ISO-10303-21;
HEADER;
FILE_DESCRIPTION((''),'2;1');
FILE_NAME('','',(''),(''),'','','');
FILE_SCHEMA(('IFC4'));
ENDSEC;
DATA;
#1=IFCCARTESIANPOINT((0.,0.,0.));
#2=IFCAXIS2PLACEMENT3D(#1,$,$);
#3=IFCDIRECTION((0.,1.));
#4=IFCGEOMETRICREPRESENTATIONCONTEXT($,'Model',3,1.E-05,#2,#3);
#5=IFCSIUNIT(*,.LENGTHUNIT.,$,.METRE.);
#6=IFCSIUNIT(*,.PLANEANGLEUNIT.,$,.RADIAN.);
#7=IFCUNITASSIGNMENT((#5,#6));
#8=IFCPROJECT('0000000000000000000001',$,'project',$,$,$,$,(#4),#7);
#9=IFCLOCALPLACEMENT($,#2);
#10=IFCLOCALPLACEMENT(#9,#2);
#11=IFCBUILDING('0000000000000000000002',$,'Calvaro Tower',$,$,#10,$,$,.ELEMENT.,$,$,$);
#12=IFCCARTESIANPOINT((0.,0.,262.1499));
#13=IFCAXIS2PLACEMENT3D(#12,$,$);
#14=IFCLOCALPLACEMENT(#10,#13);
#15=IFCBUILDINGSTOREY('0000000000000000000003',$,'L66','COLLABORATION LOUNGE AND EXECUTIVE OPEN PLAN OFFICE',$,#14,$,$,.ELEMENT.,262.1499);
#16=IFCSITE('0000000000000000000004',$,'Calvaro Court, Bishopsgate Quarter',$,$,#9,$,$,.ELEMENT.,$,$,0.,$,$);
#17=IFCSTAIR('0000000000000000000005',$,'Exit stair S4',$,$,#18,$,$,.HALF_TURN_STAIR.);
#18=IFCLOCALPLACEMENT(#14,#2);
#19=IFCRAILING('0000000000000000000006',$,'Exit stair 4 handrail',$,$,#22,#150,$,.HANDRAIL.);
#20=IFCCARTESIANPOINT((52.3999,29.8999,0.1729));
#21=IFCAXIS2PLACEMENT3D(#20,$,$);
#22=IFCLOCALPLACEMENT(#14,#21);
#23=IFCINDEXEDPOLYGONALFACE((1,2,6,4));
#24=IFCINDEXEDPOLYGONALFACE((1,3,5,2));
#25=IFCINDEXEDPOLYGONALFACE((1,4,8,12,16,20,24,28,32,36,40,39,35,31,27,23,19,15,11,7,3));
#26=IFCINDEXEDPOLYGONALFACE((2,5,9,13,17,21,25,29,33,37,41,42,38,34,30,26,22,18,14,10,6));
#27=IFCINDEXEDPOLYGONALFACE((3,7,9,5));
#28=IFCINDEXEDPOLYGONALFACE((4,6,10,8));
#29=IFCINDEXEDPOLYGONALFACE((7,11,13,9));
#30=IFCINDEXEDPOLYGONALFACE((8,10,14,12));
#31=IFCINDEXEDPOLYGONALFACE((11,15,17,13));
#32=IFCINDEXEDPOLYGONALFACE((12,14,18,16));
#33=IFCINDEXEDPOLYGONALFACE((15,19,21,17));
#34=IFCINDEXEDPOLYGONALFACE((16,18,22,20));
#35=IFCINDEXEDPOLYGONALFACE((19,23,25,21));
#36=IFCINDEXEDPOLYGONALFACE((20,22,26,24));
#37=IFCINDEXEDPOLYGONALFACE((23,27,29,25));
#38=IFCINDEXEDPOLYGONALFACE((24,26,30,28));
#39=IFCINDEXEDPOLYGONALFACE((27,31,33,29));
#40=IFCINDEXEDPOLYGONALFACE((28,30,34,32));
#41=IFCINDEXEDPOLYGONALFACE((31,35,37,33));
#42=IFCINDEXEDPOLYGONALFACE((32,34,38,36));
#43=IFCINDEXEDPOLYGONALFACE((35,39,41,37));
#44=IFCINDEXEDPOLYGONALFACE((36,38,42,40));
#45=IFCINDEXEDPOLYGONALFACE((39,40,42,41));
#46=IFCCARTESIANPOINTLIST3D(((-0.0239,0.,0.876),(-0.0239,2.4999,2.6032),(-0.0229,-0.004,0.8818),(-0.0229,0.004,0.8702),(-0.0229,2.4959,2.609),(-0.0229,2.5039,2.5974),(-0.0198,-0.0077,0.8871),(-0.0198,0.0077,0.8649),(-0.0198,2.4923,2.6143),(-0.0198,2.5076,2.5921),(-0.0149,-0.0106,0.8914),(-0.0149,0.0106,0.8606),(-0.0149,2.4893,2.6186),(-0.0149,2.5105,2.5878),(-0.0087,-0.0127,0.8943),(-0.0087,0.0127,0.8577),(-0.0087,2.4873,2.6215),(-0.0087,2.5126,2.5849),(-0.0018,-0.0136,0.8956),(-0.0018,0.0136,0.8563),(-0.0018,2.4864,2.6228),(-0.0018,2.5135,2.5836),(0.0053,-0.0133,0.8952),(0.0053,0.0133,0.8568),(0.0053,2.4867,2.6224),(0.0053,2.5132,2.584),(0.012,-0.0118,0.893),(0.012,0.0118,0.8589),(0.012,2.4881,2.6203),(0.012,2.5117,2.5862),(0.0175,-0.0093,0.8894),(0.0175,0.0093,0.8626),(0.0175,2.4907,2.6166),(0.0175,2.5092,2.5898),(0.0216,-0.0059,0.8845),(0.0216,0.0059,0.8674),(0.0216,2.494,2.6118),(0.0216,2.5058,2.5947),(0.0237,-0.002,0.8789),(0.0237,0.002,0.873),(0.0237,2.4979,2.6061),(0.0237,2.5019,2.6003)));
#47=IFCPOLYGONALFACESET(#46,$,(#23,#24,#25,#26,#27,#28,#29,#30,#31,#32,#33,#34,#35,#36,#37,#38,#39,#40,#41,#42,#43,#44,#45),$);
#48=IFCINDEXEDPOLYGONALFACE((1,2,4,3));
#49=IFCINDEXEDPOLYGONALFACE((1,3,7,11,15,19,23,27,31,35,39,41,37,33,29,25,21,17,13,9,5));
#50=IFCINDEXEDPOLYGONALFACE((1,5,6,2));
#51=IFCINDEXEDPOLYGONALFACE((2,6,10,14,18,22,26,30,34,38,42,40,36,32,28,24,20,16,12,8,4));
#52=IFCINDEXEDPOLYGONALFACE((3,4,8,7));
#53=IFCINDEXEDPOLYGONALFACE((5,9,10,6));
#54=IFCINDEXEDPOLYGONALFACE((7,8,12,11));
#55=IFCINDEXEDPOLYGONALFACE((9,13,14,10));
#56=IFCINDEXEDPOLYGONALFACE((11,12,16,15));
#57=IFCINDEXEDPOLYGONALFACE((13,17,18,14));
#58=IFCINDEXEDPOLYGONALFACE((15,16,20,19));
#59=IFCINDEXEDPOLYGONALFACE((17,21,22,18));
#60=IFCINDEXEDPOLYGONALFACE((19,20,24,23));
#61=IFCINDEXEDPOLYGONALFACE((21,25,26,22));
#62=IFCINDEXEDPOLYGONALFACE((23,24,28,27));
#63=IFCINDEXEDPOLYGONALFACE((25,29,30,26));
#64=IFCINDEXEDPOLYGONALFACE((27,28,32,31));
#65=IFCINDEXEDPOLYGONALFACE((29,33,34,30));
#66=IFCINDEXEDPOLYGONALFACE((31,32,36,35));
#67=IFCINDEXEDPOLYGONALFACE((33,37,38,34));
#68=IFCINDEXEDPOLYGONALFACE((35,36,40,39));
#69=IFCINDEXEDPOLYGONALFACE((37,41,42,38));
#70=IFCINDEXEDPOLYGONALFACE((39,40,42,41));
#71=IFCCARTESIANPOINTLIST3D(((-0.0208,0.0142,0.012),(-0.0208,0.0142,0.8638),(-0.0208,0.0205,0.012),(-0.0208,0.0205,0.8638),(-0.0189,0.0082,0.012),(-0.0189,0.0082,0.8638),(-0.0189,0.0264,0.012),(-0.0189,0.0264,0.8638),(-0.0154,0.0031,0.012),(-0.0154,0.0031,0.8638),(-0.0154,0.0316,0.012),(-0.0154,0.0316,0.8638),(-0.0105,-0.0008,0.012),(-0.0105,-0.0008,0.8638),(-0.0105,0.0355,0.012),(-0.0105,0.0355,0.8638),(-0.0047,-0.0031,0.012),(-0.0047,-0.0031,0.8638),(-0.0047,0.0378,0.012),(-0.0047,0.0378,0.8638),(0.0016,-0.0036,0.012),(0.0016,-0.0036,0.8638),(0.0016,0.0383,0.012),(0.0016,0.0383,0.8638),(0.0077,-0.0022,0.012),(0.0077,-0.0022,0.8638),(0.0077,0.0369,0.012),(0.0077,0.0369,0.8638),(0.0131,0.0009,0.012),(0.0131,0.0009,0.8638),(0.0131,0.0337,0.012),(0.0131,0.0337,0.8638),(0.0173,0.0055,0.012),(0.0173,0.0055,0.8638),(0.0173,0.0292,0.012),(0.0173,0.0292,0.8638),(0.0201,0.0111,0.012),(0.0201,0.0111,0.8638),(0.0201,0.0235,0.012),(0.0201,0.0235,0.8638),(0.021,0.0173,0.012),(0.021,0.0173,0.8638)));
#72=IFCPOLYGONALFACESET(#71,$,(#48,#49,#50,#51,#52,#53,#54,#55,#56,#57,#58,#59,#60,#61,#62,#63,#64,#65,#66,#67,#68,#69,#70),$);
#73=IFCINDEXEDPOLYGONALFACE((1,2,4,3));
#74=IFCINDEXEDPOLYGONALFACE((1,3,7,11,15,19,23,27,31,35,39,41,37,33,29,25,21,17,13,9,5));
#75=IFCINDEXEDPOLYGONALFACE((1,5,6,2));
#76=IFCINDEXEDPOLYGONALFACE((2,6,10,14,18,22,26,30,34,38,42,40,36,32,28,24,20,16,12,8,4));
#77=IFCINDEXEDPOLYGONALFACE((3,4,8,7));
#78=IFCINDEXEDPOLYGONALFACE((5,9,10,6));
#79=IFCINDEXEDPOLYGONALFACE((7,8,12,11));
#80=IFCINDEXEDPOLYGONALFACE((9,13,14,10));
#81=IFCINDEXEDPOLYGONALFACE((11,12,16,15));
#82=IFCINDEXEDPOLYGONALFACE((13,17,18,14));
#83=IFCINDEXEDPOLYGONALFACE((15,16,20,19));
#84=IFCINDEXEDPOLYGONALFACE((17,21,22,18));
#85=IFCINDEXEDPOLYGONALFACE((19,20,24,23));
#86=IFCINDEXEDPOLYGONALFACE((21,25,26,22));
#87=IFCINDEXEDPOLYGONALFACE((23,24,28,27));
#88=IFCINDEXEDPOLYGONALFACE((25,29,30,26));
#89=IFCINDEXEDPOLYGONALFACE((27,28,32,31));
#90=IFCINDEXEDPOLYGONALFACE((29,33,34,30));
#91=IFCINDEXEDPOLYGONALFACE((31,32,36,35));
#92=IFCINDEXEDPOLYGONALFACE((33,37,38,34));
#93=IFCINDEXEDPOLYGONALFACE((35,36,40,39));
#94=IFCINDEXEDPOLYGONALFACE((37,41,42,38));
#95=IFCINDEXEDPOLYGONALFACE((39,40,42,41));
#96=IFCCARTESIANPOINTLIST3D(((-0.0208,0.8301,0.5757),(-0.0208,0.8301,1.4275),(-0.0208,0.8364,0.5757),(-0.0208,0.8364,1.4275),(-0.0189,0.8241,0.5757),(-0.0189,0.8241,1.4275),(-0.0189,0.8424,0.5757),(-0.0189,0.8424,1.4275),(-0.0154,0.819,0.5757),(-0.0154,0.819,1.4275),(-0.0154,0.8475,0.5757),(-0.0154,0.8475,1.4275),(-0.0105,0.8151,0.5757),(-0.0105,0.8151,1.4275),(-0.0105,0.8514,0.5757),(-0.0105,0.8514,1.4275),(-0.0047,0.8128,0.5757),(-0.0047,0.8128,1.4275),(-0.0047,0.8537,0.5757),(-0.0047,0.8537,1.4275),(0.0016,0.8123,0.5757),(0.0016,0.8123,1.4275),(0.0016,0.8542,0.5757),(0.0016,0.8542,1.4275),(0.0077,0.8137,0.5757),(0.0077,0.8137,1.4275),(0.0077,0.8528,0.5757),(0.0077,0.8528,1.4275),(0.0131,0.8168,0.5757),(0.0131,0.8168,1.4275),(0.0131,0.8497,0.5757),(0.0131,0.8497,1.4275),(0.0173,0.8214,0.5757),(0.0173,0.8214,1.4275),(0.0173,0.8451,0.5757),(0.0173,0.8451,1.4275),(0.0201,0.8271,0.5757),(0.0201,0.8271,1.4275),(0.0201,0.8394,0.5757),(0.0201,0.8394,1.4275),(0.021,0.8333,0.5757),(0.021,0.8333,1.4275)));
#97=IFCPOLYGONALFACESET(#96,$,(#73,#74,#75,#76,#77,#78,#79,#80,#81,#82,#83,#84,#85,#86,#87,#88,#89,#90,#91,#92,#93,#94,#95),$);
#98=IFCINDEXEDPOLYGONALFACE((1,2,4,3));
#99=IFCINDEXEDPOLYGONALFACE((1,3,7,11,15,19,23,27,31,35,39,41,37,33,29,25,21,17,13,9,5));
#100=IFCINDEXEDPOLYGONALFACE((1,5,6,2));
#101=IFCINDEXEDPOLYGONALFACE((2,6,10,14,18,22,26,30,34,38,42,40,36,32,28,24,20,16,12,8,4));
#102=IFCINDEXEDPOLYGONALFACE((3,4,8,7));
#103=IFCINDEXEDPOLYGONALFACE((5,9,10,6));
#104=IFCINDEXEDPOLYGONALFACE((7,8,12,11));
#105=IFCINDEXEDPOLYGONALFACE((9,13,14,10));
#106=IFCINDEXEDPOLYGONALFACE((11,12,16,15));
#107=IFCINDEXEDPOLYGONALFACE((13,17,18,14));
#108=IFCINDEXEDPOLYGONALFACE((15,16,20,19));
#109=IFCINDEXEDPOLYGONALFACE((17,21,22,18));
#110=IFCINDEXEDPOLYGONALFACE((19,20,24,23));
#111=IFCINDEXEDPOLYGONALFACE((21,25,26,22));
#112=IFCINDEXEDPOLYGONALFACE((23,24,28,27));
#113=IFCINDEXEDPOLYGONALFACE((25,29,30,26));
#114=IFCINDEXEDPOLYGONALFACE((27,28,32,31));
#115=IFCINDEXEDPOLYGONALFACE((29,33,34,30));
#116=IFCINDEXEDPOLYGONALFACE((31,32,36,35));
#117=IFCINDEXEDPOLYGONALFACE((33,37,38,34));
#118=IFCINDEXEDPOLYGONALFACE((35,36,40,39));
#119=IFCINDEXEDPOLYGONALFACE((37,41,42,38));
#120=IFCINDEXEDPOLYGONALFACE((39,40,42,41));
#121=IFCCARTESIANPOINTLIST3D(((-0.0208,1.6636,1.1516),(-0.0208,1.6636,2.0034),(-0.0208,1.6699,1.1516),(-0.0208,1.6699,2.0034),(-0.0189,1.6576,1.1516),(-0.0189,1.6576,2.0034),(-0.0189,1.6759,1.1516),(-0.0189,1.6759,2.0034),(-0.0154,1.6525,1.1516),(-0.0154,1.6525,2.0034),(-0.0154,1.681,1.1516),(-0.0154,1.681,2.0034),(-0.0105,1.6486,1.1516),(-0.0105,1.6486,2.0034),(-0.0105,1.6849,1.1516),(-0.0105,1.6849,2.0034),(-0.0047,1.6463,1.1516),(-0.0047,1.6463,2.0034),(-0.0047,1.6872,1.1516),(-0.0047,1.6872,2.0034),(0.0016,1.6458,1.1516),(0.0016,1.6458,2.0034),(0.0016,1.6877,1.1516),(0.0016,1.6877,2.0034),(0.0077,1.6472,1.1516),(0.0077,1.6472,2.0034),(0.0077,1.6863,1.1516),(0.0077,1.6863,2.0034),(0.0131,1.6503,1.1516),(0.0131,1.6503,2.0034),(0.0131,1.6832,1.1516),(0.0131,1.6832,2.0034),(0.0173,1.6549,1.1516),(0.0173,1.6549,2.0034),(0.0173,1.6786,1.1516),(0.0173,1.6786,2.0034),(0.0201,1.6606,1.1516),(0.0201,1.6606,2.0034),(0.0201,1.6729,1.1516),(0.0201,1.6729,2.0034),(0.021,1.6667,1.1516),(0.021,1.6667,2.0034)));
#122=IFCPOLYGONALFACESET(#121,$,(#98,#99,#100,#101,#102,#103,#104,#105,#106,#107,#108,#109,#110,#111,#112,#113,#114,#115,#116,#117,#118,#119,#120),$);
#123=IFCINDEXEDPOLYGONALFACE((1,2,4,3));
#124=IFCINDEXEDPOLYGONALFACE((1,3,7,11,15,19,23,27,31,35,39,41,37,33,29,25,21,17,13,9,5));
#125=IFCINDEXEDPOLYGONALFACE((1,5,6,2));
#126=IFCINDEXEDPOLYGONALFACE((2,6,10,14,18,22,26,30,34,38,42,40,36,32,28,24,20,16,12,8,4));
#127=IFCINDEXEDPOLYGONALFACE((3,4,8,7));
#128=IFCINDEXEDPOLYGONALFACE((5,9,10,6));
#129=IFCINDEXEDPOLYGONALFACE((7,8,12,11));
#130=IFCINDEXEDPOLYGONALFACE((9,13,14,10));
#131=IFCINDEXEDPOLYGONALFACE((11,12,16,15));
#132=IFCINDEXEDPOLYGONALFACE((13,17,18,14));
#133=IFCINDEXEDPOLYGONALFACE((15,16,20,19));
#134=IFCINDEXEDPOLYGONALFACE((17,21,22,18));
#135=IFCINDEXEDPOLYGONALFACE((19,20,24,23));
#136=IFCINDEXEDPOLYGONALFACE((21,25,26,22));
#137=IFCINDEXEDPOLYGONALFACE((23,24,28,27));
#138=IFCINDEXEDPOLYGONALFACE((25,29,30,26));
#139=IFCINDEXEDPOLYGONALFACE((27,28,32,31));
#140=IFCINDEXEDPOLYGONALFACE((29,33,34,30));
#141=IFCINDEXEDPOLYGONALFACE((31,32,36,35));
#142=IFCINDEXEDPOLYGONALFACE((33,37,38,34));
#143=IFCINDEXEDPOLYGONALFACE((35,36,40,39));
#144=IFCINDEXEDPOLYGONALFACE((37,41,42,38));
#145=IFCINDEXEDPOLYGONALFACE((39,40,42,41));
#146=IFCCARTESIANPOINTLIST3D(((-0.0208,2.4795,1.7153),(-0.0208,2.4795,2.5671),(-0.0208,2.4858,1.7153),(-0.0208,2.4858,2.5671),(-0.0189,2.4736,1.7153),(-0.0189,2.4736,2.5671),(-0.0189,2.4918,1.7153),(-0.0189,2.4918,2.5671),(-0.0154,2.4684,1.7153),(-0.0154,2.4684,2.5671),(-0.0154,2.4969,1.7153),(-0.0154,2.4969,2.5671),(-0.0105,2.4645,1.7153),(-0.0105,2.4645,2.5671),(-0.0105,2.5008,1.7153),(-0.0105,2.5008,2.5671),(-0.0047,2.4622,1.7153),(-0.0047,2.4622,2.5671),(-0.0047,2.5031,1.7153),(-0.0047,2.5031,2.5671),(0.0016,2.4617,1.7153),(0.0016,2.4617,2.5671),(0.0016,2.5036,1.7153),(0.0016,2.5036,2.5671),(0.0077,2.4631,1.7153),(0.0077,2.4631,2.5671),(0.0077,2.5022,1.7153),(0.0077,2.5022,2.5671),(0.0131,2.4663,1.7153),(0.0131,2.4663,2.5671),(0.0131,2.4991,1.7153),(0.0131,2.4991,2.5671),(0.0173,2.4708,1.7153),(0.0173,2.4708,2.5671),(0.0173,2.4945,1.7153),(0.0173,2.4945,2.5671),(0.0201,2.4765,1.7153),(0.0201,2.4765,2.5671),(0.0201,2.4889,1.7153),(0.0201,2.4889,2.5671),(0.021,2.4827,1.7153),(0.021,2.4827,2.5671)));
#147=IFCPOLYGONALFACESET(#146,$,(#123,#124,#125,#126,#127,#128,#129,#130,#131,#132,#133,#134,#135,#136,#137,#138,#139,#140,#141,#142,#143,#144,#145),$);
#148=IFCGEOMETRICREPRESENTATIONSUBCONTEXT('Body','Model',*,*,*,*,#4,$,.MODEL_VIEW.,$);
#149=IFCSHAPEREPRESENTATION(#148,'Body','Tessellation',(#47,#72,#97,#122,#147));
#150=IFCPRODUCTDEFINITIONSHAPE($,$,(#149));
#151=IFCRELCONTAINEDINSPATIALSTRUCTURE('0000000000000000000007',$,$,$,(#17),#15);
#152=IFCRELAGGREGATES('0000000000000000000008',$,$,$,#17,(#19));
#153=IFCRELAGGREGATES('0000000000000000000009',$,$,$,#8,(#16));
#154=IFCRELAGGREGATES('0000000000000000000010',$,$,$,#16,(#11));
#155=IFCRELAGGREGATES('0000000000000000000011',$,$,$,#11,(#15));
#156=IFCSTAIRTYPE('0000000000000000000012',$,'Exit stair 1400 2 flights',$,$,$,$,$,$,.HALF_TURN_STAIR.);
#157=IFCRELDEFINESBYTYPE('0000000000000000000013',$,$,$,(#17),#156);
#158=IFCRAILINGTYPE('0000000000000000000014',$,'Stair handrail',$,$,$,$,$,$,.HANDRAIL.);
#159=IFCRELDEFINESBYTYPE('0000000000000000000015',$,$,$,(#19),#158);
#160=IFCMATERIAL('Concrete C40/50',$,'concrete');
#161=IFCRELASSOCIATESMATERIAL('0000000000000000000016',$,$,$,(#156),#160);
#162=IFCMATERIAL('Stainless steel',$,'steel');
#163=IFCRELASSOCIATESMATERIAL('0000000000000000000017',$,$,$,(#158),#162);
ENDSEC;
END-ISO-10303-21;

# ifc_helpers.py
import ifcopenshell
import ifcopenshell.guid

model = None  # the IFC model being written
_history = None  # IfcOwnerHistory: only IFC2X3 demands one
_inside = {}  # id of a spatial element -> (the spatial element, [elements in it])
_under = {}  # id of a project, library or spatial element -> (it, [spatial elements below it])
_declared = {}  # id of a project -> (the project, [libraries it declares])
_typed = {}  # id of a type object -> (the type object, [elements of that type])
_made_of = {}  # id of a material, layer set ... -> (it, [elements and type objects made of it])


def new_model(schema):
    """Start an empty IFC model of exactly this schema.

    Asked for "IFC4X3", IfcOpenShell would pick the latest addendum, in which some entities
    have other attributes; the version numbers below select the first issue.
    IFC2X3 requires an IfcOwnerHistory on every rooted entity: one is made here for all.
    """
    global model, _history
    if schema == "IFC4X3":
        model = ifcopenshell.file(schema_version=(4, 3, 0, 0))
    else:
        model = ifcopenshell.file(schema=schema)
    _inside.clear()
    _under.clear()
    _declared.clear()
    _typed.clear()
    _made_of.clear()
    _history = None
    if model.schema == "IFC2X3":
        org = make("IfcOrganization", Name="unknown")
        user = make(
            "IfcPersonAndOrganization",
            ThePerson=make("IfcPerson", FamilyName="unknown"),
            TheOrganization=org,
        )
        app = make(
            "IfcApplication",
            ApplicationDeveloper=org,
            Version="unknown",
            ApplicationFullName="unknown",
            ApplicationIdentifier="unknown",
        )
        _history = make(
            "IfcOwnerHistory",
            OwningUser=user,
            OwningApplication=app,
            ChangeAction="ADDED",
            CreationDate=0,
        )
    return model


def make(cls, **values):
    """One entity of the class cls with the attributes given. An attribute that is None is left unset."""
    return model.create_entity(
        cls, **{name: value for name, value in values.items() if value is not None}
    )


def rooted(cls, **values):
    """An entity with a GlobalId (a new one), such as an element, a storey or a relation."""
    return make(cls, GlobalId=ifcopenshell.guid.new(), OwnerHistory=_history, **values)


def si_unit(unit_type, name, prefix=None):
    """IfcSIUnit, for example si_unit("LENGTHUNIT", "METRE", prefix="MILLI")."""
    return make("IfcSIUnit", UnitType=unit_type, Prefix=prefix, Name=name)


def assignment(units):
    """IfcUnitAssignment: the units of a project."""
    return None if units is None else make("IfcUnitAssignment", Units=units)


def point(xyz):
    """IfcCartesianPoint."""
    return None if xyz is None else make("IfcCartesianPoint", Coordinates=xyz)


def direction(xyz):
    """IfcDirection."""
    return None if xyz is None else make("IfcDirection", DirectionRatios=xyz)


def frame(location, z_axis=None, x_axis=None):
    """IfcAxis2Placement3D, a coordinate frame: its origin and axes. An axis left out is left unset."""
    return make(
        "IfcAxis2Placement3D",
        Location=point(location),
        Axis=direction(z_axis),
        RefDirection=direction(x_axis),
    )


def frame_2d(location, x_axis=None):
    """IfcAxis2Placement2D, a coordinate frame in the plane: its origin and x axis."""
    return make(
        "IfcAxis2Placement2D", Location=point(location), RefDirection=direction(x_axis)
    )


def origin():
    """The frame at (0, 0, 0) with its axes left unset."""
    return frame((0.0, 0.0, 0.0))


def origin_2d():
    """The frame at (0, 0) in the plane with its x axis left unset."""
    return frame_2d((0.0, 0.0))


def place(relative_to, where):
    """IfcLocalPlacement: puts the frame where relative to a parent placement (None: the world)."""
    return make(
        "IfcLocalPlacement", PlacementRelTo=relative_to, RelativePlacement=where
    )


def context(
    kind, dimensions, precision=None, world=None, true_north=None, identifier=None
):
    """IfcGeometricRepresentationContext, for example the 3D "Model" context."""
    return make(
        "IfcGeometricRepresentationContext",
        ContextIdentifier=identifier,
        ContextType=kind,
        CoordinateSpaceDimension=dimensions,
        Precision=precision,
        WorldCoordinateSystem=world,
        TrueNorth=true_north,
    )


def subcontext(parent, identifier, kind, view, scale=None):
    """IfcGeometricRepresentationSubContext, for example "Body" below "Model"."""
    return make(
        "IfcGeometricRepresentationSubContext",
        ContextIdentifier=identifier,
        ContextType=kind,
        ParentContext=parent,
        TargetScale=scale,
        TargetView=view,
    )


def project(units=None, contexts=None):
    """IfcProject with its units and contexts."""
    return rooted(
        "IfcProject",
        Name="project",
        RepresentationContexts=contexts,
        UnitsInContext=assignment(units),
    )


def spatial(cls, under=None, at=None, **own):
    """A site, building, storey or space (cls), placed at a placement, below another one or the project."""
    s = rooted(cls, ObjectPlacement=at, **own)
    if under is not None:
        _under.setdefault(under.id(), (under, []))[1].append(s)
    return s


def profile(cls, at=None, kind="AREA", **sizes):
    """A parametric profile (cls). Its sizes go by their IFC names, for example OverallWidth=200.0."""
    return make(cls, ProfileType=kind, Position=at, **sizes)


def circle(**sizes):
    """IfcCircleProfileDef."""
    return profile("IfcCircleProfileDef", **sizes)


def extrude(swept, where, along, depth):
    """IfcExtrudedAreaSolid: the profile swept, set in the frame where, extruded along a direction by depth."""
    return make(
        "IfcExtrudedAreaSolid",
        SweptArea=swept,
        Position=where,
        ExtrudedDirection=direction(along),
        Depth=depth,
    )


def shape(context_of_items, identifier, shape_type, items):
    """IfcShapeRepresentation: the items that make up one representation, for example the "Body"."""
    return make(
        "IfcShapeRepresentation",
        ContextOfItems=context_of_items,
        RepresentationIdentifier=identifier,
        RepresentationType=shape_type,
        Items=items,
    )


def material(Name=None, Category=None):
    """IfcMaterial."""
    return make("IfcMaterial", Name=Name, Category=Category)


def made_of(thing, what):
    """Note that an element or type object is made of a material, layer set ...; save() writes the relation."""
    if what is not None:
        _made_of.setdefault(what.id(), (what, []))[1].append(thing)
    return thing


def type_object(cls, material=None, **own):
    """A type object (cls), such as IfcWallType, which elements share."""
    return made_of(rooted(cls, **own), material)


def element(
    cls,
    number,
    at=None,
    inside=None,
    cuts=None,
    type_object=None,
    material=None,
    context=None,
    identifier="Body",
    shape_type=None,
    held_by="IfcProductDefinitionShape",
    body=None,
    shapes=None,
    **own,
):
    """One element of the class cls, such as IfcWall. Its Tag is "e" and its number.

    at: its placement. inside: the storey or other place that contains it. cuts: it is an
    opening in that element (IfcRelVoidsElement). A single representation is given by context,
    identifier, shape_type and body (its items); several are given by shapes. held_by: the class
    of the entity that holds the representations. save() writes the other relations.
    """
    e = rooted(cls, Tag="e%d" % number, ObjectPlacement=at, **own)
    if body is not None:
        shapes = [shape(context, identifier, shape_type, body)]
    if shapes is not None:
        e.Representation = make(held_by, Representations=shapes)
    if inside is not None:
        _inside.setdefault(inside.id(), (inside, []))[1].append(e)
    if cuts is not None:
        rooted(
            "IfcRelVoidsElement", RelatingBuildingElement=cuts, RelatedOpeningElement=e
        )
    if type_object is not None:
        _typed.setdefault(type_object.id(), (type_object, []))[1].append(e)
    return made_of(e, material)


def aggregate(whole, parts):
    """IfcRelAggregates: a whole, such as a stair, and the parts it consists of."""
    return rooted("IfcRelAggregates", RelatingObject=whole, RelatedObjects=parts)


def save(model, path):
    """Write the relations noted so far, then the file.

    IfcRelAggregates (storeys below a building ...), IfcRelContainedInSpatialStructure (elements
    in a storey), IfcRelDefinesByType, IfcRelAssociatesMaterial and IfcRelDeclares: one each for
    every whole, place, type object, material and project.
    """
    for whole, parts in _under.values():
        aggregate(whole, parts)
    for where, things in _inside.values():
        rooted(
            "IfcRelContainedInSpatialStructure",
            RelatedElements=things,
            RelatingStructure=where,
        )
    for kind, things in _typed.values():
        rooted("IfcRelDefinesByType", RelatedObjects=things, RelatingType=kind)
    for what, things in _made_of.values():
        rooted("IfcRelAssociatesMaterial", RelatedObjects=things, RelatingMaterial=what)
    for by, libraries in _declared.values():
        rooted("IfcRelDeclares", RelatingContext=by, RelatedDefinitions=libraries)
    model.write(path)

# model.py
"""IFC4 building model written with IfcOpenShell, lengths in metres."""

from ifc_helpers import new_model, si_unit, direction, frame, origin, origin_2d, place, context, subcontext, project, spatial, circle, extrude, material, type_object, element, aggregate, save


model = new_model("IFC4")

# Units and contexts
model_context = context("Model", 3, precision=1e-05, world=origin(), true_north=direction((0.0, 1.0)))
body_context = subcontext(model_context, "Body", "Model", "MODEL_VIEW")
ifc_project = project(units=[si_unit("LENGTHUNIT", "METRE"), si_unit("PLANEANGLEUNIT", "RADIAN")], contexts=[model_context])

# Site, building, storey
site_placement = place(None, origin())
site = spatial("IfcSite", under=ifc_project, at=site_placement, Name="Calvaro Court, Bishopsgate Quarter", CompositionType="ELEMENT", RefElevation=0.0)
building_placement = place(site_placement, origin())
building = spatial("IfcBuilding", under=site, at=building_placement, Name="Calvaro Tower", CompositionType="ELEMENT")
storey_placement = place(building_placement, frame((0.0, 0.0, 262.1499)))
storey = spatial("IfcBuildingStorey", under=building, at=storey_placement, Name="L66", Description="COLLABORATION LOUNGE AND EXECUTIVE OPEN PLAN OFFICE", CompositionType="ELEMENT", Elevation=262.1499)

# Stair
ifc_material_1 = material(Name="Concrete C40/50", Category="concrete")
stair_type = type_object("IfcStairType", Name="Exit stair 1400 2 flights", PredefinedType="HALF_TURN_STAIR", material=ifc_material_1)
stair_1_placement = place(storey_placement, origin())
stair_1 = element("IfcStair", 1, at=stair_1_placement, inside=storey, type_object=stair_type, Name="Exit stair S4", PredefinedType="HALF_TURN_STAIR")

# Railing
ifc_material_2 = material(Name="Stainless steel", Category="steel")
railing_type = type_object("IfcRailingType", Name="Stair handrail", PredefinedType="HANDRAIL", material=ifc_material_2)
railing_1_placement = place(storey_placement, frame((52.3999, 29.8999, 0.1729)))
railing_1 = element("IfcRailing", 2, at=railing_1_placement, type_object=railing_type, Name="Exit stair 4 handrail", PredefinedType="HANDRAIL", context=body_context, shape_type="SweptSolid", body=[
    extrude(circle(Radius=0.0239, at=origin_2d()), frame((0.0, 0.0, 0.876), z_axis=(0.0, 0.822727, 0.568437), x_axis=(-1.0, 0.0, 0.0)), (0.0, 0.0, 1.0), 3.0386),
    extrude(circle(Radius=0.021, at=origin_2d()), frame((0.0, 0.0173, 0.012)), (0.0, 0.0, 1.0), 0.8518),
    extrude(circle(Radius=0.021, at=origin_2d()), frame((0.0, 0.8333, 0.5757)), (0.0, 0.0, 1.0), 0.8518),
    extrude(circle(Radius=0.021, at=origin_2d()), frame((0.0, 1.6667, 1.1516)), (0.0, 0.0, 1.0), 0.8518),
    extrude(circle(Radius=0.021, at=origin_2d()), frame((0.0, 2.4827, 1.7153)), (0.0, 0.0, 1.0), 0.8518),
])
aggregate(stair_1, [railing_1])

save(model, "model.ifc")
